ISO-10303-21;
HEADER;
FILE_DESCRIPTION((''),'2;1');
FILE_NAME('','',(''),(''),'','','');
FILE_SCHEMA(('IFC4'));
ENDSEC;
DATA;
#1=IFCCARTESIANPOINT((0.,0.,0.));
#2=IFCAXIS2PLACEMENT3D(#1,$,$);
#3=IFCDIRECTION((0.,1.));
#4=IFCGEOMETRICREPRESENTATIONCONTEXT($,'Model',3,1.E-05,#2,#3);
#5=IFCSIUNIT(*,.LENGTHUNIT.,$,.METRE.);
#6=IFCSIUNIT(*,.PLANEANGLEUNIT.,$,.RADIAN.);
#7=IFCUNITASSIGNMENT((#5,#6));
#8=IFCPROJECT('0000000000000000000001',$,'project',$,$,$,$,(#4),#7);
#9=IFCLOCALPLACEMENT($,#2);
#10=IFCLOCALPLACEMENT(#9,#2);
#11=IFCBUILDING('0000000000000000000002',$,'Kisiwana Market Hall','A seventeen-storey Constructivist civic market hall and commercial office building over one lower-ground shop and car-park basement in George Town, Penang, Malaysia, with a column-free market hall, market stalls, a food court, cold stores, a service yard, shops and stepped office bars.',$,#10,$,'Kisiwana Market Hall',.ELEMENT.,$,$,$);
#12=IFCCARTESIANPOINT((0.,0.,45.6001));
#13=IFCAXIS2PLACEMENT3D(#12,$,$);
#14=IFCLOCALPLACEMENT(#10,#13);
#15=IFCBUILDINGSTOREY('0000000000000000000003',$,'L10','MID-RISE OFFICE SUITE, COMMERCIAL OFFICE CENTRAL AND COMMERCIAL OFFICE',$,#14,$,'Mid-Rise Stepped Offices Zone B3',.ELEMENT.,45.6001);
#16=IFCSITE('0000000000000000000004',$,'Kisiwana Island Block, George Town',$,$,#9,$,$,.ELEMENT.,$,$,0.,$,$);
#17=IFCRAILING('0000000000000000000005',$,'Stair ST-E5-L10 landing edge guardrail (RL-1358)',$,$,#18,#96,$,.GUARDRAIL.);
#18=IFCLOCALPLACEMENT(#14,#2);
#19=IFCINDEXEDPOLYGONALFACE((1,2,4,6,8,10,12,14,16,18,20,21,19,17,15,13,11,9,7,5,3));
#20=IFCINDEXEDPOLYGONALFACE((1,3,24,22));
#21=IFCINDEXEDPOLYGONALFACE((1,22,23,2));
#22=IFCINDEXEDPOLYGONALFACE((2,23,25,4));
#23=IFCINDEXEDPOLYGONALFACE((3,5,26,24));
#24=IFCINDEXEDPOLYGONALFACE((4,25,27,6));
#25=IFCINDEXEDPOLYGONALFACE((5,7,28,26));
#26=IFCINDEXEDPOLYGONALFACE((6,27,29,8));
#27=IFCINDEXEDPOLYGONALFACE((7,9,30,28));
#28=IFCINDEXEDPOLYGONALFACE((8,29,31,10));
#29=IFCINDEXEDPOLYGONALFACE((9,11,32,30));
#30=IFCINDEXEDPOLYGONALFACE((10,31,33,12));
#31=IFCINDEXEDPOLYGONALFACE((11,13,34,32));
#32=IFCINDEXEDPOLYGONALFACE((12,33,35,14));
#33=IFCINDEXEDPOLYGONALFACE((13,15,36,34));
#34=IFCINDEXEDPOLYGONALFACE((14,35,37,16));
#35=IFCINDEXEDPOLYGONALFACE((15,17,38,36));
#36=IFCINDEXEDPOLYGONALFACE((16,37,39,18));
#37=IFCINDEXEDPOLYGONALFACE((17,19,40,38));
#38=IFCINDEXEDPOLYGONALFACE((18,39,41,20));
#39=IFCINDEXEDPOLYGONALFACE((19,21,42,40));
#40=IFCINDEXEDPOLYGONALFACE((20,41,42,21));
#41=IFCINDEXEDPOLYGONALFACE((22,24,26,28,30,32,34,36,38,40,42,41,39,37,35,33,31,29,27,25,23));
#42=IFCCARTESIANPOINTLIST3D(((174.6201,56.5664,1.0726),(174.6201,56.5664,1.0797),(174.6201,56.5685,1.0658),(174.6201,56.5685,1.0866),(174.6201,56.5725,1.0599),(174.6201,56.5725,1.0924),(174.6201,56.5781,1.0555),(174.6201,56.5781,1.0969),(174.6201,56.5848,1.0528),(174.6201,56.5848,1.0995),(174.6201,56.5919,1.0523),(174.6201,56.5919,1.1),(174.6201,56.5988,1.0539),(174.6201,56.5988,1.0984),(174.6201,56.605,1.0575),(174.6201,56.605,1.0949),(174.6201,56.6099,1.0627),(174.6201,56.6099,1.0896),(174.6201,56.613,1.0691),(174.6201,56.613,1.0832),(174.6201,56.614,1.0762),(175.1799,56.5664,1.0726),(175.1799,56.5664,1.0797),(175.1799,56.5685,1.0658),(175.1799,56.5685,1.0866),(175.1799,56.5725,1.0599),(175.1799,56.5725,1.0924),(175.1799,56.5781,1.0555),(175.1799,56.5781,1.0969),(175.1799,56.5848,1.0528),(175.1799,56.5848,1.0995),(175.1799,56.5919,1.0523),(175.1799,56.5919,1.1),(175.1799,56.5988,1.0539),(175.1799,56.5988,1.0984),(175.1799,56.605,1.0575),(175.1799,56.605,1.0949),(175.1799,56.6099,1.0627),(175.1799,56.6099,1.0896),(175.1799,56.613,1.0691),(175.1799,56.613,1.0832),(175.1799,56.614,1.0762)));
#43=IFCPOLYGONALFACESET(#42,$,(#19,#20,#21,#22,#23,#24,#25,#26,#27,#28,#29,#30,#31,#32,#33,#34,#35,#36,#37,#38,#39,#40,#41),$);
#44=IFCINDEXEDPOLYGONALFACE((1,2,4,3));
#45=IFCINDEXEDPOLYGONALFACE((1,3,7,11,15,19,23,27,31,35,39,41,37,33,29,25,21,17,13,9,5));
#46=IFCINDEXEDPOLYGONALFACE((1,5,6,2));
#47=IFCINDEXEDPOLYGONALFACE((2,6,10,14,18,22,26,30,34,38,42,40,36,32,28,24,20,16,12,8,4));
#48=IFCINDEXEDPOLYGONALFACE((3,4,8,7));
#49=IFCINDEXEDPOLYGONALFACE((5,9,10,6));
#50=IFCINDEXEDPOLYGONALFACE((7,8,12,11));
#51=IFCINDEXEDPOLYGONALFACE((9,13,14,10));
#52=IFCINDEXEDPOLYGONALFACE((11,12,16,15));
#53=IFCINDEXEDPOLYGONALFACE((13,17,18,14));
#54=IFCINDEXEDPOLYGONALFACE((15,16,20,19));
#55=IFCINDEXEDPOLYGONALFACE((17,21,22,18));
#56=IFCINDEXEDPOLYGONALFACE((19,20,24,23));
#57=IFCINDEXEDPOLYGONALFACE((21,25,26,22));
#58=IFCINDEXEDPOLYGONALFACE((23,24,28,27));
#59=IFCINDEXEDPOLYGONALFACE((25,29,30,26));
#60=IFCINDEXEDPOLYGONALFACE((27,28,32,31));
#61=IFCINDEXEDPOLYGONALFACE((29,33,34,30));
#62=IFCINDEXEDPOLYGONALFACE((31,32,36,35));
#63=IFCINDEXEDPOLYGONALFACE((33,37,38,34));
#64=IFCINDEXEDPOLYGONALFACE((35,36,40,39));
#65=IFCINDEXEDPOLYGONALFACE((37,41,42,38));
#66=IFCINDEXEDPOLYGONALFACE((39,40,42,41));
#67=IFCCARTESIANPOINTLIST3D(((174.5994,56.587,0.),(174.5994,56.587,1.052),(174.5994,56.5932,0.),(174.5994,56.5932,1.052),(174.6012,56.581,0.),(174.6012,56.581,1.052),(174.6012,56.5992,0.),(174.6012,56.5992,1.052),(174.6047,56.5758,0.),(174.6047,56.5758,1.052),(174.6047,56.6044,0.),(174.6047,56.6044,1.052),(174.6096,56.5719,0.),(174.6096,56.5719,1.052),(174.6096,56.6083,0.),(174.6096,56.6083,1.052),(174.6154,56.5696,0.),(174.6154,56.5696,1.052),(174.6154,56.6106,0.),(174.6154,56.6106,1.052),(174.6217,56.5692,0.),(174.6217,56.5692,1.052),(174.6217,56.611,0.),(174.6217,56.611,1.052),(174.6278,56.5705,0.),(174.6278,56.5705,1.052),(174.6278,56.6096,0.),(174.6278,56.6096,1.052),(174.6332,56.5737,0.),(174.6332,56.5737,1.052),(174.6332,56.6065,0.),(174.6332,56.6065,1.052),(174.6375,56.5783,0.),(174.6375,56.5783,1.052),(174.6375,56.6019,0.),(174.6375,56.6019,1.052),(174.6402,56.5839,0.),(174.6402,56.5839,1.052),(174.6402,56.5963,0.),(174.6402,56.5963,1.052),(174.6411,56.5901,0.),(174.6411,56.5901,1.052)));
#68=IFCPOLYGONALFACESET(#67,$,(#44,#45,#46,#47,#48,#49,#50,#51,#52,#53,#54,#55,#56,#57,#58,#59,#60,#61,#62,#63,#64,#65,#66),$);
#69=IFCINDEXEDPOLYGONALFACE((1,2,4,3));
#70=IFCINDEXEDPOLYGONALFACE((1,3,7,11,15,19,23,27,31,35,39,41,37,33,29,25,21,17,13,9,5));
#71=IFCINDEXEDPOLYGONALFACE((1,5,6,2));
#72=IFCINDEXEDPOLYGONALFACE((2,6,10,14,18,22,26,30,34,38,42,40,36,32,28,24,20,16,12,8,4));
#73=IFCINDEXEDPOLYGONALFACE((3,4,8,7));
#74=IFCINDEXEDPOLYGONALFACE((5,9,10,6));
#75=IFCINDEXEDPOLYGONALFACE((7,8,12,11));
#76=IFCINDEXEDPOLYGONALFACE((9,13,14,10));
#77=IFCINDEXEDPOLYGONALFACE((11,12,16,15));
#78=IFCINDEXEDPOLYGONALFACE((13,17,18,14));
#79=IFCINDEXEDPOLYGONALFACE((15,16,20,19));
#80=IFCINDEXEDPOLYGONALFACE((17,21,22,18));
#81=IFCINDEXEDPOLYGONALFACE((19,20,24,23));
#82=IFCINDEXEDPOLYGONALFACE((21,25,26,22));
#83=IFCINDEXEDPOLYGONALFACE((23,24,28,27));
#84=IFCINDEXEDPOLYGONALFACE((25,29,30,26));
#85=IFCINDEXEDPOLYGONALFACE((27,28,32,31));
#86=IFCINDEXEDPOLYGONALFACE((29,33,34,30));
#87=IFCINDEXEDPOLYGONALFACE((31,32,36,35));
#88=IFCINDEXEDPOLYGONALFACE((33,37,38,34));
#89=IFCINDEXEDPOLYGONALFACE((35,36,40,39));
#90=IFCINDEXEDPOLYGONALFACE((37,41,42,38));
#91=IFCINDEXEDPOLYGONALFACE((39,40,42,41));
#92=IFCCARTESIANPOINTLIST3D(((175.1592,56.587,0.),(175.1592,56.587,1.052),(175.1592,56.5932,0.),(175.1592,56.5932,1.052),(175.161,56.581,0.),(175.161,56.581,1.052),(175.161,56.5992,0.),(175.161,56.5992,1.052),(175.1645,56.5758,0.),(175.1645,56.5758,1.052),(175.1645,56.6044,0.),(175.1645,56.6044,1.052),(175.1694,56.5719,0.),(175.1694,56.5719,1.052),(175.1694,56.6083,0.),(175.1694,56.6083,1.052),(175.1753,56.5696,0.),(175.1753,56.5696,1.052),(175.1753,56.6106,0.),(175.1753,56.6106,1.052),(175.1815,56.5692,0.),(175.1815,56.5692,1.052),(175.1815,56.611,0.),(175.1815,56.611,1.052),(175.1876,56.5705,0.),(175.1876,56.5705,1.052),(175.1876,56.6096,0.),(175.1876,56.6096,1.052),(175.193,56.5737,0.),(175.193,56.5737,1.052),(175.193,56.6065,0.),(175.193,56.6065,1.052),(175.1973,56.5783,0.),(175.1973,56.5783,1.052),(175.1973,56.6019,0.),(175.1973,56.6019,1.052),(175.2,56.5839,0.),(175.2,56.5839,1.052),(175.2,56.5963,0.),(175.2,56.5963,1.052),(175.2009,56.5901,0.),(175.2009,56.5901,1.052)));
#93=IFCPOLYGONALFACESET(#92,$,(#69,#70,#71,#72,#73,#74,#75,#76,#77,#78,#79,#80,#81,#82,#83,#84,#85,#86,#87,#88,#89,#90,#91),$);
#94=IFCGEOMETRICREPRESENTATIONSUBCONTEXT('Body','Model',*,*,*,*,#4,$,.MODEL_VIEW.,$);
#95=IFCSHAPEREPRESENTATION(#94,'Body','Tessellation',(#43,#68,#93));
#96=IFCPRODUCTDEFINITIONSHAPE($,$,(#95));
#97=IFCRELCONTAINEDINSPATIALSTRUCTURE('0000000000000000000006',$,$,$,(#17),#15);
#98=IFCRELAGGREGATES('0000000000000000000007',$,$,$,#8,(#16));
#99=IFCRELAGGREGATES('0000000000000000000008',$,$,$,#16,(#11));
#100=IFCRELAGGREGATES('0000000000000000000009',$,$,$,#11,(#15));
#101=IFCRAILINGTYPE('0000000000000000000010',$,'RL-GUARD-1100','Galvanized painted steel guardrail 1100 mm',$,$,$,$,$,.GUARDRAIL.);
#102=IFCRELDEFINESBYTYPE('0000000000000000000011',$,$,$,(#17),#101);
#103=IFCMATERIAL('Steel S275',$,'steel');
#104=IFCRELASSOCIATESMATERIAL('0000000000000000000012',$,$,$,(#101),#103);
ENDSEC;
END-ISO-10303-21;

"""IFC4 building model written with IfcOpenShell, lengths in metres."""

from ifc_helpers import new_model, si_unit, direction, frame, origin, origin_2d, place, context, subcontext, project, spatial, circle, extrude, material, type_object, element, save


model = new_model("IFC4")

# Units and contexts
model_context = context("Model", 3, precision=1e-05, world=origin(), true_north=direction((0.0, 1.0)))
body_context = subcontext(model_context, "Body", "Model", "MODEL_VIEW")
ifc_project = project(units=[si_unit("LENGTHUNIT", "METRE"), si_unit("PLANEANGLEUNIT", "RADIAN")], contexts=[model_context])

# Site, building, storey
site_placement = place(None, origin())
site = spatial("IfcSite", under=ifc_project, at=site_placement, Name="Kisiwana Island Block, George Town", CompositionType="ELEMENT", RefElevation=0.0)
building_placement = place(site_placement, origin())
building = spatial("IfcBuilding", under=site, at=building_placement, Name="Kisiwana Market Hall", Description="A seventeen-storey Constructivist civic market hall and commercial office building over one lower-ground shop and car-park basement in George Town, Penang, Malaysia, with a column-free market hall, market stalls, a food court, cold stores, a service yard, shops and stepped office bars.", LongName="Kisiwana Market Hall", CompositionType="ELEMENT")
storey_placement = place(building_placement, frame((0.0, 0.0, 45.6001)))
storey = spatial("IfcBuildingStorey", under=building, at=storey_placement, Name="L10", Description="MID-RISE OFFICE SUITE, COMMERCIAL OFFICE CENTRAL AND COMMERCIAL OFFICE", LongName="Mid-Rise Stepped Offices Zone B3", CompositionType="ELEMENT", Elevation=45.6001)

# Railing
ifc_material_1 = material(Name="Steel S275", Category="steel")
railing_type_1 = type_object("IfcRailingType", Name="RL-GUARD-1100", Description="Galvanized painted steel guardrail 1100 mm", PredefinedType="GUARDRAIL", material=ifc_material_1)
railing_1_placement = place(storey_placement, frame((174.6201, 56.5901, 0.0)))
element("IfcRailing", 1, at=railing_1_placement, inside=storey, type_object=railing_type_1, Name="Stair ST-E5-L10 landing edge guardrail (RL-1358)", PredefinedType="GUARDRAIL", context=body_context, shape_type="SweptSolid", body=[
    extrude(circle(Radius=0.0239, at=origin_2d()), frame((0.0, 0.0, 1.0762), z_axis=(1.0, 0.0, 0.0), x_axis=(0.0, 1.0, 0.0)), (0.0, 0.0, 1.0), 0.5598),
    extrude(circle(Radius=0.021, at=origin_2d()), origin(), (0.0, 0.0, 1.0), 1.052),
    extrude(circle(Radius=0.021, at=origin_2d()), frame((0.5598, 0.0, 0.0)), (0.0, 0.0, 1.0), 1.052),
])

save(model, "model.ifc")
